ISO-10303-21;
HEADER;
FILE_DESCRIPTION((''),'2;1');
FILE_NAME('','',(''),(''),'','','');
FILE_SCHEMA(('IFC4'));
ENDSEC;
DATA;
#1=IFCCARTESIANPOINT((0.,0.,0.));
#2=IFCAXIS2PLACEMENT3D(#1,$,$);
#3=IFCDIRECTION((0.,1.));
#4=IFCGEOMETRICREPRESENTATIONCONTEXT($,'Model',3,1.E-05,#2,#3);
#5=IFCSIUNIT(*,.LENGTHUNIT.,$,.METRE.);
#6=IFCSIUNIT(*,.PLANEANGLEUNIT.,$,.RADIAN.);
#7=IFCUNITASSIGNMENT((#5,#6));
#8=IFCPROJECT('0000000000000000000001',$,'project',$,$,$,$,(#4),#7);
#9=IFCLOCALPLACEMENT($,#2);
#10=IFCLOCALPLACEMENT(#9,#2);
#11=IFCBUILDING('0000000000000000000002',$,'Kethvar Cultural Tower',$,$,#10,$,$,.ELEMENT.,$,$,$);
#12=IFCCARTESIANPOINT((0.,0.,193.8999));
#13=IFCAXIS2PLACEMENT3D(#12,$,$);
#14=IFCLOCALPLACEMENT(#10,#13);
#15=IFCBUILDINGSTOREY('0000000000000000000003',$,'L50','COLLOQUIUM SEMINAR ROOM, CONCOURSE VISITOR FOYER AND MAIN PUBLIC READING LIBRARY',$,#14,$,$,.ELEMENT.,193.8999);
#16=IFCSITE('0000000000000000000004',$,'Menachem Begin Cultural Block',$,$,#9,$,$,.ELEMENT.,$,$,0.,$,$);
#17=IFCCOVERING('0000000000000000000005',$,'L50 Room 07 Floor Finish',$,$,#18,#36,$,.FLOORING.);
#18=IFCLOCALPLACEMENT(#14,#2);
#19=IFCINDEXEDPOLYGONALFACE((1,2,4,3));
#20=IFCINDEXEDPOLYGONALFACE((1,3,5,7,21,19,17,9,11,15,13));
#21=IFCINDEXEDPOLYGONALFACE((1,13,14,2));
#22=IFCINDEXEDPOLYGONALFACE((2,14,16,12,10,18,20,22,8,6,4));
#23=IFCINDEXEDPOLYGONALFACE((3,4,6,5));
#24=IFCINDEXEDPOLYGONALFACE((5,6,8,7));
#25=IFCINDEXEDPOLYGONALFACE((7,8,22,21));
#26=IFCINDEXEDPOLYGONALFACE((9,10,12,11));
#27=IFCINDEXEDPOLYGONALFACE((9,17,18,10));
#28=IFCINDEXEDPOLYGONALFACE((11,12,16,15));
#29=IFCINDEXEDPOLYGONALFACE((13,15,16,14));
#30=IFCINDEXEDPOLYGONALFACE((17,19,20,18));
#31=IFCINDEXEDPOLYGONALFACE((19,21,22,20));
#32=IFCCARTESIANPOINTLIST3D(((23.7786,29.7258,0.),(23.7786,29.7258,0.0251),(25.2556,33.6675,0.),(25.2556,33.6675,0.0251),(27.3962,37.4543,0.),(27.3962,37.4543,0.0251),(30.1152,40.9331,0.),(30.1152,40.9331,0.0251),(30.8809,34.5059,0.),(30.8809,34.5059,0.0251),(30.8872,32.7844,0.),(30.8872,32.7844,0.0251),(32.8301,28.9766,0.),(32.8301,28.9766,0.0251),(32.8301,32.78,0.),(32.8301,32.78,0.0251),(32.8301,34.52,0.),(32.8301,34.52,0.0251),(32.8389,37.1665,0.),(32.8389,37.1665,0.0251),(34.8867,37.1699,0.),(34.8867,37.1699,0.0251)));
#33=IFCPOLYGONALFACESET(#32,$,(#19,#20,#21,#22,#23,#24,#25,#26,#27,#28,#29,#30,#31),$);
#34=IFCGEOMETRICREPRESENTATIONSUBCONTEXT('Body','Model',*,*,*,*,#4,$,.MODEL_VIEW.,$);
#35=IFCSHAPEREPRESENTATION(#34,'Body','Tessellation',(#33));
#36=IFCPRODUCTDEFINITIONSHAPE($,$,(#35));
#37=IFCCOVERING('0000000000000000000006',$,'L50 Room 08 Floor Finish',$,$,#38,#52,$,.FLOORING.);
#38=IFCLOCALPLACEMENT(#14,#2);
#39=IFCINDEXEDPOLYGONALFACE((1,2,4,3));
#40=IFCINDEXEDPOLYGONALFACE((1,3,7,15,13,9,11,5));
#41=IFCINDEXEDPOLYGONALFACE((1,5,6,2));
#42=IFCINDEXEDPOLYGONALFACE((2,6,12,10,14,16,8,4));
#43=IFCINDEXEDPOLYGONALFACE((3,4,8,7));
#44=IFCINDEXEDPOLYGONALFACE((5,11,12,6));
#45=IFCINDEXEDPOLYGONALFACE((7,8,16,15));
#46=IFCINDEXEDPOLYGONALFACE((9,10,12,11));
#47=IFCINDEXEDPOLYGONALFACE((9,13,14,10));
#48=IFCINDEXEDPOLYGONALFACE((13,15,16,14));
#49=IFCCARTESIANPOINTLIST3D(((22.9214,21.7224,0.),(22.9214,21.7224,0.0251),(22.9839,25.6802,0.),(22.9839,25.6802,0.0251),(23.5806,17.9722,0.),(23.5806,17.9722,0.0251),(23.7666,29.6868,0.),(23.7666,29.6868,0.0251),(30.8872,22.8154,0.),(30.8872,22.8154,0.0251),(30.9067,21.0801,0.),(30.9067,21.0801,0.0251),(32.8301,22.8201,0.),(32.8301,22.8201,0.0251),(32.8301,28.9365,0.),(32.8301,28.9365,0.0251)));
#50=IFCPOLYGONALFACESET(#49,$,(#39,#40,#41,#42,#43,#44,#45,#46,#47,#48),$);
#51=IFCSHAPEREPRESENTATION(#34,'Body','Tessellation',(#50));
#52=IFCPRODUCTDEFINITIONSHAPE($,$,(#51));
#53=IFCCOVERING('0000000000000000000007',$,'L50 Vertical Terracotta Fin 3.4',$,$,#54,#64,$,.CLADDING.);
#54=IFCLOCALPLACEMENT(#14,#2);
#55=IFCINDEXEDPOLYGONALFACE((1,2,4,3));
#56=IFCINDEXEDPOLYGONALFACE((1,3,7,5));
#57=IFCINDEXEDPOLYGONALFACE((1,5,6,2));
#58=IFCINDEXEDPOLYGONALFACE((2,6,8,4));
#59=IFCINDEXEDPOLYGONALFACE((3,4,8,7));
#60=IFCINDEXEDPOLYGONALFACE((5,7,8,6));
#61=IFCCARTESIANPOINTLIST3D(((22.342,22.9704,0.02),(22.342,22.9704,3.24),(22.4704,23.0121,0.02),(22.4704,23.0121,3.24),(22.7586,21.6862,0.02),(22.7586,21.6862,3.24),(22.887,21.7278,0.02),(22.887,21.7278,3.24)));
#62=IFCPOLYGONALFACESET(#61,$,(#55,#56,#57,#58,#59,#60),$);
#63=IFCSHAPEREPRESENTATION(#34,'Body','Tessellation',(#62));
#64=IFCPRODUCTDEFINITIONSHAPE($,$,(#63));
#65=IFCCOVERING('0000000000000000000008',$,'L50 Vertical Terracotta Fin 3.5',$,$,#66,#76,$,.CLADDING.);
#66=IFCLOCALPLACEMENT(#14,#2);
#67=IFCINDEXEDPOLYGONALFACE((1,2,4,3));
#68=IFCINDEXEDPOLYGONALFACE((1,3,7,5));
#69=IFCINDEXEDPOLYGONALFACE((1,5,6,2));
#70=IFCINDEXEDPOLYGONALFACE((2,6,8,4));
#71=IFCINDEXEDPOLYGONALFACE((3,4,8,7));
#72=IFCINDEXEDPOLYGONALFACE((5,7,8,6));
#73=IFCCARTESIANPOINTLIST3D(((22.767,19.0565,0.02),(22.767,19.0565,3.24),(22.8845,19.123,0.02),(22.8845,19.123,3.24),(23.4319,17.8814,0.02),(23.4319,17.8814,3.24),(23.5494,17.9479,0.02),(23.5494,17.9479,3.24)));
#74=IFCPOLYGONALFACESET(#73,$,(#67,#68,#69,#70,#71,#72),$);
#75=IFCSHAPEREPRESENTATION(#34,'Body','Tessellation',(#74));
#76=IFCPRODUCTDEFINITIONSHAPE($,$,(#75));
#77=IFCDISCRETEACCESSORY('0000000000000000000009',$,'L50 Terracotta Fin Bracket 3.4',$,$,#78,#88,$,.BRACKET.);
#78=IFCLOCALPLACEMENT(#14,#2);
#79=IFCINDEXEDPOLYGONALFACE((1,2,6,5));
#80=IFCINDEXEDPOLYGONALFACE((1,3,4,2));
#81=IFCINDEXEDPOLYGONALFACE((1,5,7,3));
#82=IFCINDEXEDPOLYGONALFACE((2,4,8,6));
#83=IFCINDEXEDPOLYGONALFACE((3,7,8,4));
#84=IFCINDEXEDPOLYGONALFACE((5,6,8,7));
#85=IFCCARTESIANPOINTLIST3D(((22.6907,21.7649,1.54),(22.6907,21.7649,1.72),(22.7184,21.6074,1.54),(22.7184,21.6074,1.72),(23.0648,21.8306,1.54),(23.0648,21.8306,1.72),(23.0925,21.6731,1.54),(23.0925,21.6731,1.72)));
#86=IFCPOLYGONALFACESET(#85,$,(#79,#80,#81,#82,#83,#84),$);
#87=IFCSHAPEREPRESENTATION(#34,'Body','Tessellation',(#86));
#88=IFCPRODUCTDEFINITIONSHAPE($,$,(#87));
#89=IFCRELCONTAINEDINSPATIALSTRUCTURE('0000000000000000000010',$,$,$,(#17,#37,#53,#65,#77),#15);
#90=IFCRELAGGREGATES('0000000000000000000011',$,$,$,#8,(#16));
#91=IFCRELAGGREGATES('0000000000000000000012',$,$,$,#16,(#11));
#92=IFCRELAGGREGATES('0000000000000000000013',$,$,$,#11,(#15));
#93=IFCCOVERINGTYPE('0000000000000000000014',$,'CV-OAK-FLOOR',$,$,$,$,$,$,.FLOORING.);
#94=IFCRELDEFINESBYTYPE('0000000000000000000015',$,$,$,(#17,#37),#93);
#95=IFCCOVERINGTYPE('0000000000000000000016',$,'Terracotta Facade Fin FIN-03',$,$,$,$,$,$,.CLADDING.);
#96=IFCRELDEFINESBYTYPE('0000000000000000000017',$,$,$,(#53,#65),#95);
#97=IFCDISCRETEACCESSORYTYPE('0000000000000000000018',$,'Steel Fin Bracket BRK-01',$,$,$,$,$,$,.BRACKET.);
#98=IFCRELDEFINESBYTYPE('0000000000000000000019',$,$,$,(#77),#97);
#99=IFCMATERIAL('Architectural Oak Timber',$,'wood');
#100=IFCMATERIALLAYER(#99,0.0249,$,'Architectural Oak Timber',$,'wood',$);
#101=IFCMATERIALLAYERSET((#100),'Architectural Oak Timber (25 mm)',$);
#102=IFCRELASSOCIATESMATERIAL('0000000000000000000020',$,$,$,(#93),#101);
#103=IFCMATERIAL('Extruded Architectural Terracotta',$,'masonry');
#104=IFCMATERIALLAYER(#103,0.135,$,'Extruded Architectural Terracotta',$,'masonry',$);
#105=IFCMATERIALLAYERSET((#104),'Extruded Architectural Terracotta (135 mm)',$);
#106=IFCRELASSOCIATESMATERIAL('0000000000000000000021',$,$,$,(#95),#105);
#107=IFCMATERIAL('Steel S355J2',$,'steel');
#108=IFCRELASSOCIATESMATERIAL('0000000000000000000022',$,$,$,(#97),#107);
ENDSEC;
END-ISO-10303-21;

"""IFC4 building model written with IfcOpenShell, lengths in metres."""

from ifc_helpers import new_model, si_unit, direction, frame, origin, origin_2d, place, context, subcontext, project, spatial, polyline, rectangle, outline, extrude, source, transform, mapped, material, layer, layer_set, type_object, element, save


model = new_model("IFC4")

# Units and contexts
model_context = context("Model", 3, precision=1e-05, world=origin(), true_north=direction((0.0, 1.0)))
body_context = subcontext(model_context, "Body", "Model", "MODEL_VIEW")
ifc_project = project(units=[si_unit("LENGTHUNIT", "METRE"), si_unit("PLANEANGLEUNIT", "RADIAN")], contexts=[model_context])

# Site, building, storey
site_placement = place(None, origin())
site = spatial("IfcSite", under=ifc_project, at=site_placement, Name="Menachem Begin Cultural Block", CompositionType="ELEMENT", RefElevation=0.0)
building_placement = place(site_placement, origin())
building = spatial("IfcBuilding", under=site, at=building_placement, Name="Kethvar Cultural Tower", CompositionType="ELEMENT")
storey_placement = place(building_placement, frame((0.0, 0.0, 193.8999)))
storey = spatial("IfcBuildingStorey", under=building, at=storey_placement, Name="L50", Description="COLLOQUIUM SEMINAR ROOM, CONCOURSE VISITOR FOYER AND MAIN PUBLIC READING LIBRARY", CompositionType="ELEMENT", Elevation=193.8999)

# Coverings
ifc_material_1 = material(Name="Architectural Oak Timber", Category="wood")
ifc_layer_1 = layer(ifc_material_1, 0.0249, Name="Architectural Oak Timber", Category="wood")
ifc_layer_set_1 = layer_set([ifc_layer_1], Name="Architectural Oak Timber (25 mm)")
covering_type_1 = type_object("IfcCoveringType", Name="CV-OAK-FLOOR", PredefinedType="FLOORING", material=ifc_layer_set_1)
covering_1_placement = place(storey_placement, origin())
element("IfcCovering", 1, at=covering_1_placement, inside=storey, type_object=covering_type_1, Name="L50 Room 07 Floor Finish", PredefinedType="FLOORING", context=body_context, shape_type="SweptSolid", body=[
    extrude(outline(polyline([(23.7786, 29.7258), (25.2556, 33.6675), (27.3962, 37.4543), (30.1152, 40.9331), (34.8867, 37.1699), (32.8389, 37.1665), (32.8301, 34.52), (30.8809, 34.5059), (30.8872, 32.7844), (32.8301, 32.78), (32.8301, 28.9766), (23.7786, 29.7258)])), origin(), (0.0, 0.0, 1.0), 0.0251),
])
covering_2_placement = place(storey_placement, origin())
element("IfcCovering", 2, at=covering_2_placement, inside=storey, type_object=covering_type_1, Name="L50 Room 08 Floor Finish", PredefinedType="FLOORING", context=body_context, shape_type="SweptSolid", body=[
    extrude(outline(polyline([(22.9214, 21.7224), (22.9839, 25.6802), (23.7666, 29.6868), (32.8301, 28.9365), (32.8301, 22.8201), (30.8872, 22.8154), (30.9067, 21.0801), (23.5806, 17.9722), (22.9214, 21.7224)])), origin(), (0.0, 0.0, 1.0), 0.0251),
])
ifc_material_2 = material(Name="Extruded Architectural Terracotta", Category="masonry")
ifc_layer_2 = layer(ifc_material_2, 0.135, Name="Extruded Architectural Terracotta", Category="masonry")
ifc_layer_set_2 = layer_set([ifc_layer_2], Name="Extruded Architectural Terracotta (135 mm)")
covering_type_2 = type_object("IfcCoveringType", Name="Terracotta Facade Fin FIN-03", PredefinedType="CLADDING", material=ifc_layer_set_2)
shared_shape_1 = source(origin(), body_context, "Body", "SweptSolid", [
    extrude(rectangle(XDim=1.3501, YDim=0.135, at=origin_2d()), origin(), (0.0, 0.0, 1.0), 3.22),
])
for number, where, z_axis, x_axis, name in (
    (3, (22.6145, 22.3491, 0.02), (0.0, 0.0, 1.0), (-0.308519, 0.951218, 0.0), "L50 Vertical Terracotta Fin 3.4"),
    (4, (23.1582, 18.5022, 0.02), (0.0, 0.0, 1.0), (-0.492424, 0.870356, 0.0), "L50 Vertical Terracotta Fin 3.5"),
):
    element("IfcCovering", number, at=place(storey_placement, frame(where, z_axis=z_axis, x_axis=x_axis)), inside=storey, type_object=covering_type_2, Name=name, PredefinedType="CLADDING", context=body_context, shape_type="MappedRepresentation", body=[
        mapped(shared_shape_1, transform((0.0, 0.0, 0.0), scale=1.0)),
    ])

# Discrete accessory
ifc_material_3 = material(Name="Steel S355J2", Category="steel")
discrete_accessory_type = type_object("IfcDiscreteAccessoryType", Name="Steel Fin Bracket BRK-01", PredefinedType="BRACKET", material=ifc_material_3)
shared_shape_2 = source(origin(), body_context, "Body", "SweptSolid", [
    extrude(rectangle(XDim=0.3799, YDim=0.1599, at=origin_2d()), origin(), (0.0, 0.0, 1.0), 0.1799),
])
discrete_accessory_placement = place(storey_placement, frame((22.8916, 21.719, 1.54), z_axis=(0.0, 0.0, 1.0), x_axis=(-0.984899, -0.173133, 0.0)))
element("IfcDiscreteAccessory", 5, at=discrete_accessory_placement, inside=storey, type_object=discrete_accessory_type, Name="L50 Terracotta Fin Bracket 3.4", PredefinedType="BRACKET", context=body_context, shape_type="MappedRepresentation", body=[
    mapped(shared_shape_2, transform((0.0, 0.0, 0.0), scale=1.0)),
])

save(model, "model.ifc")
